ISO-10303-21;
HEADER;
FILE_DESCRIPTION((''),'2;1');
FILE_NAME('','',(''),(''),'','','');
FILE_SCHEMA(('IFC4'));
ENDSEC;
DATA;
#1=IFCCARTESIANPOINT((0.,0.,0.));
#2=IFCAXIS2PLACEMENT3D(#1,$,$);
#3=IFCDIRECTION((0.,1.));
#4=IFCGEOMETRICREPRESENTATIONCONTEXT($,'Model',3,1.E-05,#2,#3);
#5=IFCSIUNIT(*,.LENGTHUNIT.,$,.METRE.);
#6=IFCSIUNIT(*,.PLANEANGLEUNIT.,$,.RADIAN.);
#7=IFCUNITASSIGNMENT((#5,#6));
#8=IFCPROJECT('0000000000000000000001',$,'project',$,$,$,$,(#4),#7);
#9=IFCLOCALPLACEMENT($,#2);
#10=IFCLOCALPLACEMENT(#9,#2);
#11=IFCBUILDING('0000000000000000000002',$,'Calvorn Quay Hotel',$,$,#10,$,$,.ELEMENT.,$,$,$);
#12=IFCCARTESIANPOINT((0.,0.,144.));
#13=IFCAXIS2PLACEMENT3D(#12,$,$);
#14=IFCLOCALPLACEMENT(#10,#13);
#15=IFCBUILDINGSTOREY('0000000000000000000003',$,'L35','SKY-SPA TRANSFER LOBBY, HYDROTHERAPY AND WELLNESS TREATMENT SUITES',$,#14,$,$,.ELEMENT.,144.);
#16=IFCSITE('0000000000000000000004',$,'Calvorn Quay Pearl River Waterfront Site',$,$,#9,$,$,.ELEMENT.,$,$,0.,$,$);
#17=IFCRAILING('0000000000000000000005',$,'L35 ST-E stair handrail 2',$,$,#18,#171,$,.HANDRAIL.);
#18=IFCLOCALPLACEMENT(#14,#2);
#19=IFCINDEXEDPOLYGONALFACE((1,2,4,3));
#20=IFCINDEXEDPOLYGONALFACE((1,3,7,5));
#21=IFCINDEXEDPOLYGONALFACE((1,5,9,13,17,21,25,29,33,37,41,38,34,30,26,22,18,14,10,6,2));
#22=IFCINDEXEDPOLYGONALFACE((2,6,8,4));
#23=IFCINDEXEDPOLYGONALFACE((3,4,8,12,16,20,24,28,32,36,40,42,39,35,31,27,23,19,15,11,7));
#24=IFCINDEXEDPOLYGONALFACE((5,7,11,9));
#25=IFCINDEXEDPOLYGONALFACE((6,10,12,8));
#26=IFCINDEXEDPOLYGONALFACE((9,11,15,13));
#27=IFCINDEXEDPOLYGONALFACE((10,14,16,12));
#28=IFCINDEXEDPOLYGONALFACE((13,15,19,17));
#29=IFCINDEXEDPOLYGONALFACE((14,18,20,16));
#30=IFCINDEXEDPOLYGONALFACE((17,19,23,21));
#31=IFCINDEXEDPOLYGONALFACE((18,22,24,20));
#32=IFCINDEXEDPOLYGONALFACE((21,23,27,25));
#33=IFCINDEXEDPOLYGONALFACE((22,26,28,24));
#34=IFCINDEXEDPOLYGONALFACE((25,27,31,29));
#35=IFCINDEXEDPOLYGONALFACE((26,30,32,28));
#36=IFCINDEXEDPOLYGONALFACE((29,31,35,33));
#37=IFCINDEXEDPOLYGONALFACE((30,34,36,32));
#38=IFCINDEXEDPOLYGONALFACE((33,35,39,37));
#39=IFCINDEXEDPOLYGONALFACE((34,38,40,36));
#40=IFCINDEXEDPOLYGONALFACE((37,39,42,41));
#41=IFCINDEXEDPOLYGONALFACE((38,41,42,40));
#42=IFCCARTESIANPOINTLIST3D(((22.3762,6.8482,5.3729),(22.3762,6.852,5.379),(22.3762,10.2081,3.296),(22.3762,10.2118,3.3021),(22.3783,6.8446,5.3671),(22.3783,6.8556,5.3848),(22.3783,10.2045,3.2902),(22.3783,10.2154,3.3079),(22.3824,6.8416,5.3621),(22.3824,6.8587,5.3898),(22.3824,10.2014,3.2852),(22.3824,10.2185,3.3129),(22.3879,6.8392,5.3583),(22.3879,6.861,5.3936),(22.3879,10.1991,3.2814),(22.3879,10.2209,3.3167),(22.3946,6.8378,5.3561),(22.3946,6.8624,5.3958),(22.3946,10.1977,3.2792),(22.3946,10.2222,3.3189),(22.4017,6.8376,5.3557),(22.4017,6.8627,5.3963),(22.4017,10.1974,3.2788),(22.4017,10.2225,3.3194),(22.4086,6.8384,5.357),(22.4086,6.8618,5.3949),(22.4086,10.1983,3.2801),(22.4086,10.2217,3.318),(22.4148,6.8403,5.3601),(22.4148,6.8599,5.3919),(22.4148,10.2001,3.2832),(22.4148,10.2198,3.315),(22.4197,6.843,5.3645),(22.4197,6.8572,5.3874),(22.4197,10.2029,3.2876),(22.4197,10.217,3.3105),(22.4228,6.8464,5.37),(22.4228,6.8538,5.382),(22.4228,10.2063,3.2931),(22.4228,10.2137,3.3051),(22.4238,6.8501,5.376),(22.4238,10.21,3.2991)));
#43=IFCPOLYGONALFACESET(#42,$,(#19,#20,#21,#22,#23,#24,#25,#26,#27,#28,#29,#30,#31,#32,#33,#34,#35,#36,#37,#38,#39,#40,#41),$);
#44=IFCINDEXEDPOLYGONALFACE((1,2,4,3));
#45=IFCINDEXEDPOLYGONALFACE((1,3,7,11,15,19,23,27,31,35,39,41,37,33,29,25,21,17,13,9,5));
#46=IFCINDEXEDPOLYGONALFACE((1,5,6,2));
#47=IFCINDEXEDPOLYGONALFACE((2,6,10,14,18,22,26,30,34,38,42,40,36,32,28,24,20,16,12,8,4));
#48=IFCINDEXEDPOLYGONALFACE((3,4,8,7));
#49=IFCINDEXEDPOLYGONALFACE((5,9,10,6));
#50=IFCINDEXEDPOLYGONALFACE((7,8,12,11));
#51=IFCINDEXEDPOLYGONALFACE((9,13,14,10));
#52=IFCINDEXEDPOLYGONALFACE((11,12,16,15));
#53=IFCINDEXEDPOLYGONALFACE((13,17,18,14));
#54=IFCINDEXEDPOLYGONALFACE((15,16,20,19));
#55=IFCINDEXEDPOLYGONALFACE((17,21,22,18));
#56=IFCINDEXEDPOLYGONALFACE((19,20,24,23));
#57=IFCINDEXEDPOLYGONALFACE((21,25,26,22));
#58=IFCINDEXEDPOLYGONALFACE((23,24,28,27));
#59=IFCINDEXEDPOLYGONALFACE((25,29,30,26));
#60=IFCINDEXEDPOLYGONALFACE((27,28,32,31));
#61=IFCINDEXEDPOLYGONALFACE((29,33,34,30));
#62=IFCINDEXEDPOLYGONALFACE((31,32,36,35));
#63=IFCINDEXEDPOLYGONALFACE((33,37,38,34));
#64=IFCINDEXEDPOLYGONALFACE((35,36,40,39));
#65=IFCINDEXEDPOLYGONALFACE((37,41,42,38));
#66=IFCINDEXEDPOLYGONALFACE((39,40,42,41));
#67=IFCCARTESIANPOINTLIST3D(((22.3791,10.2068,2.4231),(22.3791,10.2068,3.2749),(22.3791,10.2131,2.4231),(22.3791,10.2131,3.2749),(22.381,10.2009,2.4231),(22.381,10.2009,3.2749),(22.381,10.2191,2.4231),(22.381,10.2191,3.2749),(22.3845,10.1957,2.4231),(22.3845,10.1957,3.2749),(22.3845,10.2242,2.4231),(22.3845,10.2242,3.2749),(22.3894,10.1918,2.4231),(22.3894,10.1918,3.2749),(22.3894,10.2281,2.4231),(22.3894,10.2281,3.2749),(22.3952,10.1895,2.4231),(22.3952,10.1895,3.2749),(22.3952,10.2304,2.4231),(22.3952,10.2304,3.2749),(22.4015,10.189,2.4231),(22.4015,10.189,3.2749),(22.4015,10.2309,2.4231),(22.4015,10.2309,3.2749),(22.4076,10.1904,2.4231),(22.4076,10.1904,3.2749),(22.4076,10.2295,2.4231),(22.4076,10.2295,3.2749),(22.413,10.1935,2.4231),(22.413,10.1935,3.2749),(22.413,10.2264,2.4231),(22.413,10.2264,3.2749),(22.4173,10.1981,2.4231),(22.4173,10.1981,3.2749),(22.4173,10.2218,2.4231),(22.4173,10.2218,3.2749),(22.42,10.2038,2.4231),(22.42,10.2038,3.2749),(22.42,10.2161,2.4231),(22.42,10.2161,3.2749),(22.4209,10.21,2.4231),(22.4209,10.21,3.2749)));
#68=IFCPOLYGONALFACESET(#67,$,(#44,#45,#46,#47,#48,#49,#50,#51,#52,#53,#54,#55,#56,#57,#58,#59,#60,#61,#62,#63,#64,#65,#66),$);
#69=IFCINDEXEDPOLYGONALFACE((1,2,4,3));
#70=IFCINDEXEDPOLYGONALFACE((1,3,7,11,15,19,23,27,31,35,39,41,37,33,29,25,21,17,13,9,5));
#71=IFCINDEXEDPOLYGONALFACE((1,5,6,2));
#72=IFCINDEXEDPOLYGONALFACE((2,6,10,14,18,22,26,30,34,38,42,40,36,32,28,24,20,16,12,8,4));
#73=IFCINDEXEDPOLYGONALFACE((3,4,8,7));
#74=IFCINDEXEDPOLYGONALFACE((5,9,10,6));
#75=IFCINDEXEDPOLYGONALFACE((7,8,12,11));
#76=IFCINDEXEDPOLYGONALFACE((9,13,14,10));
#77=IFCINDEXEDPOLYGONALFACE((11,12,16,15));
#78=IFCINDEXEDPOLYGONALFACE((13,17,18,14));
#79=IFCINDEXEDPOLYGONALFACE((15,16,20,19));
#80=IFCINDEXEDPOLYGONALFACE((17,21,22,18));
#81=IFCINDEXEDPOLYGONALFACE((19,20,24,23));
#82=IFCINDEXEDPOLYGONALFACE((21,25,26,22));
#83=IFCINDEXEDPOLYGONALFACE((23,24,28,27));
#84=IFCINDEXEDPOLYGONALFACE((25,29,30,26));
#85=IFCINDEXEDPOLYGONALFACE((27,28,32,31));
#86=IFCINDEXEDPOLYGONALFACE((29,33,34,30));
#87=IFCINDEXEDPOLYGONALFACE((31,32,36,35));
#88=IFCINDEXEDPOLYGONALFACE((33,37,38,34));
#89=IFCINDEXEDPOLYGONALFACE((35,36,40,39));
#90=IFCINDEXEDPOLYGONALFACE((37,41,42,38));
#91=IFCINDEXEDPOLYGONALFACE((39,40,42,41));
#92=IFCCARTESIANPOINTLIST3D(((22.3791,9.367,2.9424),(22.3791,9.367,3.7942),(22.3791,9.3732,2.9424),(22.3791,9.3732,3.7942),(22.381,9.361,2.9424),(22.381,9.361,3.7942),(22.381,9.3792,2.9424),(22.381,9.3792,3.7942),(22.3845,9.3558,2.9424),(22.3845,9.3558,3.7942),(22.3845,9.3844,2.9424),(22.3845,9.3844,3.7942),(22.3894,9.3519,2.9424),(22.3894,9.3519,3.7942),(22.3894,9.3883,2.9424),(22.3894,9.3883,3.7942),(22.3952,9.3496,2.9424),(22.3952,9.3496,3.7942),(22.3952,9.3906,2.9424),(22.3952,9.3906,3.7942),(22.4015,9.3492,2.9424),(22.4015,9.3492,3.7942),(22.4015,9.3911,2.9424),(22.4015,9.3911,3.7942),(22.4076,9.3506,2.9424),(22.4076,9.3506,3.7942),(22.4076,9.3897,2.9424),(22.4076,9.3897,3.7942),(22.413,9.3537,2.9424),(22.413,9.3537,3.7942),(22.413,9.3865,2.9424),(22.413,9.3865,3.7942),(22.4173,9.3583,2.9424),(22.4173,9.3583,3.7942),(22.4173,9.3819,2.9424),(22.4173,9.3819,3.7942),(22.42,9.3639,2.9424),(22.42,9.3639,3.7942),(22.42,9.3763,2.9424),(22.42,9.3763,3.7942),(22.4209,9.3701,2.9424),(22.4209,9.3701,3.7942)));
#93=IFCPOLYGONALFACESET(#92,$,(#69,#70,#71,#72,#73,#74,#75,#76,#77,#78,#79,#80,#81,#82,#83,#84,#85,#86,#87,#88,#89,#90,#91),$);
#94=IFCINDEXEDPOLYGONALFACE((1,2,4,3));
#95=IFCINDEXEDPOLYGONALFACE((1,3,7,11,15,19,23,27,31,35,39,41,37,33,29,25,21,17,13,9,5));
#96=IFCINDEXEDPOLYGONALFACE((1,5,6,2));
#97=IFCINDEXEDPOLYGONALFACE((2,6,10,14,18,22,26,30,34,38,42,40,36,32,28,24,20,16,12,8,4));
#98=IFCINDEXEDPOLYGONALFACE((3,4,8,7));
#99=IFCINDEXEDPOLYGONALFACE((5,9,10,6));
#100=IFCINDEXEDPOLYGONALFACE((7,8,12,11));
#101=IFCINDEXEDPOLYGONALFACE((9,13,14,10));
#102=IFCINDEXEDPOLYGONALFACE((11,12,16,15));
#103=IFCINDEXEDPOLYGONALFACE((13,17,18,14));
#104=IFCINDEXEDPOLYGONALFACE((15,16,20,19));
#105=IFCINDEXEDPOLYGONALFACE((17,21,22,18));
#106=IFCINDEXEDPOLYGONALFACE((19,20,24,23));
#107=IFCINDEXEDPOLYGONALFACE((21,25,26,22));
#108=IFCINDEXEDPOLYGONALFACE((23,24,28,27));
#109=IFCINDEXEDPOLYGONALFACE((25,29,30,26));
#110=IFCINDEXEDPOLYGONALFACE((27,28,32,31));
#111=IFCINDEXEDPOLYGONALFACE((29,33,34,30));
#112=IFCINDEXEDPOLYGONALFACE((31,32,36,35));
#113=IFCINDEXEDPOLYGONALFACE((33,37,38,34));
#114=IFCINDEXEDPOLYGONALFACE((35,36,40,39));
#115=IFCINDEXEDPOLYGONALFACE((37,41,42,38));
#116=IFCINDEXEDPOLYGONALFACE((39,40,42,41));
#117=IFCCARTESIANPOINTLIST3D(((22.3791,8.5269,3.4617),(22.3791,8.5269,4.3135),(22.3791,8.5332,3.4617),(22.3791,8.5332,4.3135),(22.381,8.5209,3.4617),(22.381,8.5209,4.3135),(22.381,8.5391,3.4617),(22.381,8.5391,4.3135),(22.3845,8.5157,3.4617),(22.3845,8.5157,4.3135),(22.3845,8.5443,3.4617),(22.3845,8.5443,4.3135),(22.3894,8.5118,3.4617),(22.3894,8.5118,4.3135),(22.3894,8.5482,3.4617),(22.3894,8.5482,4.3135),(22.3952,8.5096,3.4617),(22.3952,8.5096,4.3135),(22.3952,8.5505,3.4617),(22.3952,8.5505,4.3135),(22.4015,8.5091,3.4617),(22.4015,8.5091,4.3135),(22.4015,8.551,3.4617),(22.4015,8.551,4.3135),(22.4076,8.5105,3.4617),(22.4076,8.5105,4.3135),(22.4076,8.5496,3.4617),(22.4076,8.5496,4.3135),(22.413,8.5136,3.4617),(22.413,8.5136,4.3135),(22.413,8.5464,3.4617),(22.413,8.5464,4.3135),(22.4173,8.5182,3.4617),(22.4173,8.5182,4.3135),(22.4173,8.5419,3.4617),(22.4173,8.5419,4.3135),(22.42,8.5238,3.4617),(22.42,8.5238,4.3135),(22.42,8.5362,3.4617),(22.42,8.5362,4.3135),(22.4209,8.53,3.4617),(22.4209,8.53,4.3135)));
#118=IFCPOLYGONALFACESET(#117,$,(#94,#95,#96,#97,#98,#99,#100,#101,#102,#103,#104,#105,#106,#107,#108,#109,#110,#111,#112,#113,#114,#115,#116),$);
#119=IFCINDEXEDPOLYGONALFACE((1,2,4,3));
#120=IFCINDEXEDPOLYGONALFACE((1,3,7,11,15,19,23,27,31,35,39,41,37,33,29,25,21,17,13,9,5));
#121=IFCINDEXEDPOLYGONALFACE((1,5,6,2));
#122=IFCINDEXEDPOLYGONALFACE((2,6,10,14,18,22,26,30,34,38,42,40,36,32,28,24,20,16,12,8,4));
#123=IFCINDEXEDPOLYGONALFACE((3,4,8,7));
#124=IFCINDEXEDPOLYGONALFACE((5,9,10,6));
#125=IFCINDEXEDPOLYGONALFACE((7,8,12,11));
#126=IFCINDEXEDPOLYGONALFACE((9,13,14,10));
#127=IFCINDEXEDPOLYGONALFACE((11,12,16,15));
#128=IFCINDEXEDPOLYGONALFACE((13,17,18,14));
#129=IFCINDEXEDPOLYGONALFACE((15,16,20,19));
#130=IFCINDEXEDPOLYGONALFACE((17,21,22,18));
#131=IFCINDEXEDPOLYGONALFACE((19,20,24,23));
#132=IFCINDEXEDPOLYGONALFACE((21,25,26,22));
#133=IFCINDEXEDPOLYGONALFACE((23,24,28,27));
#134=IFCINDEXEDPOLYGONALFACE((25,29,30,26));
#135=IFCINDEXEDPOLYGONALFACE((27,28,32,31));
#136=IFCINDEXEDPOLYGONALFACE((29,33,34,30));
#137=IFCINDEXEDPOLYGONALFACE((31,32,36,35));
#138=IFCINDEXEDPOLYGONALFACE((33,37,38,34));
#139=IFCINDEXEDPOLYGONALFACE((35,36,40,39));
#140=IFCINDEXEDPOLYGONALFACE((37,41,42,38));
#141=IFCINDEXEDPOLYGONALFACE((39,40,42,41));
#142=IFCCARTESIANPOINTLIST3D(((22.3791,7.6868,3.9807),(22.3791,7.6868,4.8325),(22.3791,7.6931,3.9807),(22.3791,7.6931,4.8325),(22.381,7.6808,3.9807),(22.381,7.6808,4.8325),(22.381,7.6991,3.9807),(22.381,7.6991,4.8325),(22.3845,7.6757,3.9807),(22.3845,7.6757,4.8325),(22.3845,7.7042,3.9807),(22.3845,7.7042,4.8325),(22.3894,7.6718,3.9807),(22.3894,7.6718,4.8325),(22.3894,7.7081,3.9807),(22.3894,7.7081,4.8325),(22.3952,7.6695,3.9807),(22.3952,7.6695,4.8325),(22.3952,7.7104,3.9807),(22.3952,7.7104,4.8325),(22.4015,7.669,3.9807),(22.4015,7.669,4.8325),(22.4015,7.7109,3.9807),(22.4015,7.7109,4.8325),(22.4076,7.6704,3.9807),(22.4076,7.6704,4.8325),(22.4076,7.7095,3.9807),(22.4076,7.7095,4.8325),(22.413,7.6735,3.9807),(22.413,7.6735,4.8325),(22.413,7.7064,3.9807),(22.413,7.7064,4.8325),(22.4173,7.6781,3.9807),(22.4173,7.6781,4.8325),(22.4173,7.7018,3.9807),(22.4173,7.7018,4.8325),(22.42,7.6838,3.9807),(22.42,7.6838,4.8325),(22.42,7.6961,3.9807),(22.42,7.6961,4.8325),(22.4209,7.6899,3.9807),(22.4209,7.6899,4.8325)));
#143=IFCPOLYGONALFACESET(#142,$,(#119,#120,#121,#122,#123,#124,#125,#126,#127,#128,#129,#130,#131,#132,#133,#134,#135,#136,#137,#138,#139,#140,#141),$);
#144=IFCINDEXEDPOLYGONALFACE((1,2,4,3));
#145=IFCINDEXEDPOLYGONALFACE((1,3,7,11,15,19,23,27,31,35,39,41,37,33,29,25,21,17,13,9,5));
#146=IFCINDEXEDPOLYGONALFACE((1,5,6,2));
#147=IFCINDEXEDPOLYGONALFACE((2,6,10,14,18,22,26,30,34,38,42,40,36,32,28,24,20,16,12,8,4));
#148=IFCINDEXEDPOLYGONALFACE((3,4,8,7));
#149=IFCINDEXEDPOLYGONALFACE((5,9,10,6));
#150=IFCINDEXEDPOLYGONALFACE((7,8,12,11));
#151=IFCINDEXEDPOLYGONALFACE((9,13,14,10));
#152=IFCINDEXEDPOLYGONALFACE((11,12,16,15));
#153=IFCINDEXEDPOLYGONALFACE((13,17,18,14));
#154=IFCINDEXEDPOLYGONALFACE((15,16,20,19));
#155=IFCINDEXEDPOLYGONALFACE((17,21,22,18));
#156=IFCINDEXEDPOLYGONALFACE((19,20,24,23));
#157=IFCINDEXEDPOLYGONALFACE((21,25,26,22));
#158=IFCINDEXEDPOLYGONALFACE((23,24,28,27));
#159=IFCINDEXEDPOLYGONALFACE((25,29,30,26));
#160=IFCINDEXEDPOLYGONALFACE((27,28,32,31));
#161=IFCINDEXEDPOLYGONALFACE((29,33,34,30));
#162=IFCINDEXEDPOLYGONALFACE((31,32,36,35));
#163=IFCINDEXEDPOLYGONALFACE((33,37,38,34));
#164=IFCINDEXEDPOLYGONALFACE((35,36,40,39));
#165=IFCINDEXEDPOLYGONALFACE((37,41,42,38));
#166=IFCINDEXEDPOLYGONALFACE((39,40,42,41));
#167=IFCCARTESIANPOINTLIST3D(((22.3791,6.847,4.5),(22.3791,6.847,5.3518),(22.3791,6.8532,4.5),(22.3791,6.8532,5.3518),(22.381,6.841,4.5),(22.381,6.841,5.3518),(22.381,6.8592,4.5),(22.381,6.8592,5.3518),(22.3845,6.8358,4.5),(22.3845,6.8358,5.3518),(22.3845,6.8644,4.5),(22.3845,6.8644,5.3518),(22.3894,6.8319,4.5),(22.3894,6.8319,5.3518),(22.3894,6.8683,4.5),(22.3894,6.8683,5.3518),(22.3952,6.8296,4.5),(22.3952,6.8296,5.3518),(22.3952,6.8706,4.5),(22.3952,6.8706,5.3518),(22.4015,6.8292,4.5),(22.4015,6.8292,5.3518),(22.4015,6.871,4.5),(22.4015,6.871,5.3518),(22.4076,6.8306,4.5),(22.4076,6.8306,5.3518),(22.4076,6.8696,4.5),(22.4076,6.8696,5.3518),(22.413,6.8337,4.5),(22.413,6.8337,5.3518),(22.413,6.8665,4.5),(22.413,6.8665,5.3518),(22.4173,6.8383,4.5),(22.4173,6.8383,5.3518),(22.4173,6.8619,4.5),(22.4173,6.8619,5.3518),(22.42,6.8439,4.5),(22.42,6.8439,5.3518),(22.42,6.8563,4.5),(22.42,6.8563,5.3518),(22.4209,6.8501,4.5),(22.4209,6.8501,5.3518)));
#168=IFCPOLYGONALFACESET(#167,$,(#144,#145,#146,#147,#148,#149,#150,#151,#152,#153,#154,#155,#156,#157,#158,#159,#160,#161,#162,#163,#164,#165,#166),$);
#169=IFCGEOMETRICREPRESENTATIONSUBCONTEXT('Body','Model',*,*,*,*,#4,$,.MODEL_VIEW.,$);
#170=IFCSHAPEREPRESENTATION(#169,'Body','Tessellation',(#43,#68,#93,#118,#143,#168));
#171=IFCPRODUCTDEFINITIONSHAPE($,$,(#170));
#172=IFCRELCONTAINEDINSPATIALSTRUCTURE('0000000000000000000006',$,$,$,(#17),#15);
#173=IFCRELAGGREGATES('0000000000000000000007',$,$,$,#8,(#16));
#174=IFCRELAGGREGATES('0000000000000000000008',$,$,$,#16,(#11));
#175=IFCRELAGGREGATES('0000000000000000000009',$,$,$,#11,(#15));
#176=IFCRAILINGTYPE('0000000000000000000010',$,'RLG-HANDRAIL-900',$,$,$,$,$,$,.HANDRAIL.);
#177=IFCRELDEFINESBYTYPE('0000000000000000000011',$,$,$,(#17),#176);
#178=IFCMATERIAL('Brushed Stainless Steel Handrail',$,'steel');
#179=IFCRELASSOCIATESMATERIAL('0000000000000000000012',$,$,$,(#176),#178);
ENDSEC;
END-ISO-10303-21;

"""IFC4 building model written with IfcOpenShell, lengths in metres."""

from ifc_helpers import new_model, si_unit, direction, frame, origin, origin_2d, place, context, subcontext, project, spatial, circle, extrude, material, type_object, element, save


model = new_model("IFC4")

# Units and contexts
model_context = context("Model", 3, precision=1e-05, world=origin(), true_north=direction((0.0, 1.0)))
body_context = subcontext(model_context, "Body", "Model", "MODEL_VIEW")
ifc_project = project(units=[si_unit("LENGTHUNIT", "METRE"), si_unit("PLANEANGLEUNIT", "RADIAN")], contexts=[model_context])

# Site, building, storey
site_placement = place(None, origin())
site = spatial("IfcSite", under=ifc_project, at=site_placement, Name="Calvorn Quay Pearl River Waterfront Site", CompositionType="ELEMENT", RefElevation=0.0)
building_placement = place(site_placement, origin())
building = spatial("IfcBuilding", under=site, at=building_placement, Name="Calvorn Quay Hotel", CompositionType="ELEMENT")
storey_placement = place(building_placement, frame((0.0, 0.0, 144.0)))
storey = spatial("IfcBuildingStorey", under=building, at=storey_placement, Name="L35", Description="SKY-SPA TRANSFER LOBBY, HYDROTHERAPY AND WELLNESS TREATMENT SUITES", CompositionType="ELEMENT", Elevation=144.0)

# Railing
ifc_material_1 = material(Name="Brushed Stainless Steel Handrail", Category="steel")
railing_type_1 = type_object("IfcRailingType", Name="RLG-HANDRAIL-900", PredefinedType="HANDRAIL", material=ifc_material_1)
railing_1_placement = place(storey_placement, frame((22.3999, 10.21, 2.4231)))
element("IfcRailing", 1, at=railing_1_placement, inside=storey, type_object=railing_type_1, Name="L35 ST-E stair handrail 2", PredefinedType="HANDRAIL", context=body_context, shape_type="SweptSolid", body=[
    extrude(circle(Radius=0.0239, at=origin_2d()), frame((0.0, 0.0, 0.876), z_axis=(0.0, -0.850606, 0.525803), x_axis=(1.0, 0.0, 0.0)), (0.0, 0.0, 1.0), 3.95),
    extrude(circle(Radius=0.021, at=origin_2d()), origin(), (0.0, 0.0, 1.0), 0.8518),
    extrude(circle(Radius=0.021, at=origin_2d()), frame((0.0, -0.8398, 0.5193)), (0.0, 0.0, 1.0), 0.8518),
    extrude(circle(Radius=0.021, at=origin_2d()), frame((0.0, -1.6799, 1.0386)), (0.0, 0.0, 1.0), 0.8518),
    extrude(circle(Radius=0.021, at=origin_2d()), frame((0.0, -2.52, 1.5576)), (0.0, 0.0, 1.0), 0.8518),
    extrude(circle(Radius=0.021, at=origin_2d()), frame((0.0, -3.3599, 2.0769)), (0.0, 0.0, 1.0), 0.8518),
])

save(model, "model.ifc")
